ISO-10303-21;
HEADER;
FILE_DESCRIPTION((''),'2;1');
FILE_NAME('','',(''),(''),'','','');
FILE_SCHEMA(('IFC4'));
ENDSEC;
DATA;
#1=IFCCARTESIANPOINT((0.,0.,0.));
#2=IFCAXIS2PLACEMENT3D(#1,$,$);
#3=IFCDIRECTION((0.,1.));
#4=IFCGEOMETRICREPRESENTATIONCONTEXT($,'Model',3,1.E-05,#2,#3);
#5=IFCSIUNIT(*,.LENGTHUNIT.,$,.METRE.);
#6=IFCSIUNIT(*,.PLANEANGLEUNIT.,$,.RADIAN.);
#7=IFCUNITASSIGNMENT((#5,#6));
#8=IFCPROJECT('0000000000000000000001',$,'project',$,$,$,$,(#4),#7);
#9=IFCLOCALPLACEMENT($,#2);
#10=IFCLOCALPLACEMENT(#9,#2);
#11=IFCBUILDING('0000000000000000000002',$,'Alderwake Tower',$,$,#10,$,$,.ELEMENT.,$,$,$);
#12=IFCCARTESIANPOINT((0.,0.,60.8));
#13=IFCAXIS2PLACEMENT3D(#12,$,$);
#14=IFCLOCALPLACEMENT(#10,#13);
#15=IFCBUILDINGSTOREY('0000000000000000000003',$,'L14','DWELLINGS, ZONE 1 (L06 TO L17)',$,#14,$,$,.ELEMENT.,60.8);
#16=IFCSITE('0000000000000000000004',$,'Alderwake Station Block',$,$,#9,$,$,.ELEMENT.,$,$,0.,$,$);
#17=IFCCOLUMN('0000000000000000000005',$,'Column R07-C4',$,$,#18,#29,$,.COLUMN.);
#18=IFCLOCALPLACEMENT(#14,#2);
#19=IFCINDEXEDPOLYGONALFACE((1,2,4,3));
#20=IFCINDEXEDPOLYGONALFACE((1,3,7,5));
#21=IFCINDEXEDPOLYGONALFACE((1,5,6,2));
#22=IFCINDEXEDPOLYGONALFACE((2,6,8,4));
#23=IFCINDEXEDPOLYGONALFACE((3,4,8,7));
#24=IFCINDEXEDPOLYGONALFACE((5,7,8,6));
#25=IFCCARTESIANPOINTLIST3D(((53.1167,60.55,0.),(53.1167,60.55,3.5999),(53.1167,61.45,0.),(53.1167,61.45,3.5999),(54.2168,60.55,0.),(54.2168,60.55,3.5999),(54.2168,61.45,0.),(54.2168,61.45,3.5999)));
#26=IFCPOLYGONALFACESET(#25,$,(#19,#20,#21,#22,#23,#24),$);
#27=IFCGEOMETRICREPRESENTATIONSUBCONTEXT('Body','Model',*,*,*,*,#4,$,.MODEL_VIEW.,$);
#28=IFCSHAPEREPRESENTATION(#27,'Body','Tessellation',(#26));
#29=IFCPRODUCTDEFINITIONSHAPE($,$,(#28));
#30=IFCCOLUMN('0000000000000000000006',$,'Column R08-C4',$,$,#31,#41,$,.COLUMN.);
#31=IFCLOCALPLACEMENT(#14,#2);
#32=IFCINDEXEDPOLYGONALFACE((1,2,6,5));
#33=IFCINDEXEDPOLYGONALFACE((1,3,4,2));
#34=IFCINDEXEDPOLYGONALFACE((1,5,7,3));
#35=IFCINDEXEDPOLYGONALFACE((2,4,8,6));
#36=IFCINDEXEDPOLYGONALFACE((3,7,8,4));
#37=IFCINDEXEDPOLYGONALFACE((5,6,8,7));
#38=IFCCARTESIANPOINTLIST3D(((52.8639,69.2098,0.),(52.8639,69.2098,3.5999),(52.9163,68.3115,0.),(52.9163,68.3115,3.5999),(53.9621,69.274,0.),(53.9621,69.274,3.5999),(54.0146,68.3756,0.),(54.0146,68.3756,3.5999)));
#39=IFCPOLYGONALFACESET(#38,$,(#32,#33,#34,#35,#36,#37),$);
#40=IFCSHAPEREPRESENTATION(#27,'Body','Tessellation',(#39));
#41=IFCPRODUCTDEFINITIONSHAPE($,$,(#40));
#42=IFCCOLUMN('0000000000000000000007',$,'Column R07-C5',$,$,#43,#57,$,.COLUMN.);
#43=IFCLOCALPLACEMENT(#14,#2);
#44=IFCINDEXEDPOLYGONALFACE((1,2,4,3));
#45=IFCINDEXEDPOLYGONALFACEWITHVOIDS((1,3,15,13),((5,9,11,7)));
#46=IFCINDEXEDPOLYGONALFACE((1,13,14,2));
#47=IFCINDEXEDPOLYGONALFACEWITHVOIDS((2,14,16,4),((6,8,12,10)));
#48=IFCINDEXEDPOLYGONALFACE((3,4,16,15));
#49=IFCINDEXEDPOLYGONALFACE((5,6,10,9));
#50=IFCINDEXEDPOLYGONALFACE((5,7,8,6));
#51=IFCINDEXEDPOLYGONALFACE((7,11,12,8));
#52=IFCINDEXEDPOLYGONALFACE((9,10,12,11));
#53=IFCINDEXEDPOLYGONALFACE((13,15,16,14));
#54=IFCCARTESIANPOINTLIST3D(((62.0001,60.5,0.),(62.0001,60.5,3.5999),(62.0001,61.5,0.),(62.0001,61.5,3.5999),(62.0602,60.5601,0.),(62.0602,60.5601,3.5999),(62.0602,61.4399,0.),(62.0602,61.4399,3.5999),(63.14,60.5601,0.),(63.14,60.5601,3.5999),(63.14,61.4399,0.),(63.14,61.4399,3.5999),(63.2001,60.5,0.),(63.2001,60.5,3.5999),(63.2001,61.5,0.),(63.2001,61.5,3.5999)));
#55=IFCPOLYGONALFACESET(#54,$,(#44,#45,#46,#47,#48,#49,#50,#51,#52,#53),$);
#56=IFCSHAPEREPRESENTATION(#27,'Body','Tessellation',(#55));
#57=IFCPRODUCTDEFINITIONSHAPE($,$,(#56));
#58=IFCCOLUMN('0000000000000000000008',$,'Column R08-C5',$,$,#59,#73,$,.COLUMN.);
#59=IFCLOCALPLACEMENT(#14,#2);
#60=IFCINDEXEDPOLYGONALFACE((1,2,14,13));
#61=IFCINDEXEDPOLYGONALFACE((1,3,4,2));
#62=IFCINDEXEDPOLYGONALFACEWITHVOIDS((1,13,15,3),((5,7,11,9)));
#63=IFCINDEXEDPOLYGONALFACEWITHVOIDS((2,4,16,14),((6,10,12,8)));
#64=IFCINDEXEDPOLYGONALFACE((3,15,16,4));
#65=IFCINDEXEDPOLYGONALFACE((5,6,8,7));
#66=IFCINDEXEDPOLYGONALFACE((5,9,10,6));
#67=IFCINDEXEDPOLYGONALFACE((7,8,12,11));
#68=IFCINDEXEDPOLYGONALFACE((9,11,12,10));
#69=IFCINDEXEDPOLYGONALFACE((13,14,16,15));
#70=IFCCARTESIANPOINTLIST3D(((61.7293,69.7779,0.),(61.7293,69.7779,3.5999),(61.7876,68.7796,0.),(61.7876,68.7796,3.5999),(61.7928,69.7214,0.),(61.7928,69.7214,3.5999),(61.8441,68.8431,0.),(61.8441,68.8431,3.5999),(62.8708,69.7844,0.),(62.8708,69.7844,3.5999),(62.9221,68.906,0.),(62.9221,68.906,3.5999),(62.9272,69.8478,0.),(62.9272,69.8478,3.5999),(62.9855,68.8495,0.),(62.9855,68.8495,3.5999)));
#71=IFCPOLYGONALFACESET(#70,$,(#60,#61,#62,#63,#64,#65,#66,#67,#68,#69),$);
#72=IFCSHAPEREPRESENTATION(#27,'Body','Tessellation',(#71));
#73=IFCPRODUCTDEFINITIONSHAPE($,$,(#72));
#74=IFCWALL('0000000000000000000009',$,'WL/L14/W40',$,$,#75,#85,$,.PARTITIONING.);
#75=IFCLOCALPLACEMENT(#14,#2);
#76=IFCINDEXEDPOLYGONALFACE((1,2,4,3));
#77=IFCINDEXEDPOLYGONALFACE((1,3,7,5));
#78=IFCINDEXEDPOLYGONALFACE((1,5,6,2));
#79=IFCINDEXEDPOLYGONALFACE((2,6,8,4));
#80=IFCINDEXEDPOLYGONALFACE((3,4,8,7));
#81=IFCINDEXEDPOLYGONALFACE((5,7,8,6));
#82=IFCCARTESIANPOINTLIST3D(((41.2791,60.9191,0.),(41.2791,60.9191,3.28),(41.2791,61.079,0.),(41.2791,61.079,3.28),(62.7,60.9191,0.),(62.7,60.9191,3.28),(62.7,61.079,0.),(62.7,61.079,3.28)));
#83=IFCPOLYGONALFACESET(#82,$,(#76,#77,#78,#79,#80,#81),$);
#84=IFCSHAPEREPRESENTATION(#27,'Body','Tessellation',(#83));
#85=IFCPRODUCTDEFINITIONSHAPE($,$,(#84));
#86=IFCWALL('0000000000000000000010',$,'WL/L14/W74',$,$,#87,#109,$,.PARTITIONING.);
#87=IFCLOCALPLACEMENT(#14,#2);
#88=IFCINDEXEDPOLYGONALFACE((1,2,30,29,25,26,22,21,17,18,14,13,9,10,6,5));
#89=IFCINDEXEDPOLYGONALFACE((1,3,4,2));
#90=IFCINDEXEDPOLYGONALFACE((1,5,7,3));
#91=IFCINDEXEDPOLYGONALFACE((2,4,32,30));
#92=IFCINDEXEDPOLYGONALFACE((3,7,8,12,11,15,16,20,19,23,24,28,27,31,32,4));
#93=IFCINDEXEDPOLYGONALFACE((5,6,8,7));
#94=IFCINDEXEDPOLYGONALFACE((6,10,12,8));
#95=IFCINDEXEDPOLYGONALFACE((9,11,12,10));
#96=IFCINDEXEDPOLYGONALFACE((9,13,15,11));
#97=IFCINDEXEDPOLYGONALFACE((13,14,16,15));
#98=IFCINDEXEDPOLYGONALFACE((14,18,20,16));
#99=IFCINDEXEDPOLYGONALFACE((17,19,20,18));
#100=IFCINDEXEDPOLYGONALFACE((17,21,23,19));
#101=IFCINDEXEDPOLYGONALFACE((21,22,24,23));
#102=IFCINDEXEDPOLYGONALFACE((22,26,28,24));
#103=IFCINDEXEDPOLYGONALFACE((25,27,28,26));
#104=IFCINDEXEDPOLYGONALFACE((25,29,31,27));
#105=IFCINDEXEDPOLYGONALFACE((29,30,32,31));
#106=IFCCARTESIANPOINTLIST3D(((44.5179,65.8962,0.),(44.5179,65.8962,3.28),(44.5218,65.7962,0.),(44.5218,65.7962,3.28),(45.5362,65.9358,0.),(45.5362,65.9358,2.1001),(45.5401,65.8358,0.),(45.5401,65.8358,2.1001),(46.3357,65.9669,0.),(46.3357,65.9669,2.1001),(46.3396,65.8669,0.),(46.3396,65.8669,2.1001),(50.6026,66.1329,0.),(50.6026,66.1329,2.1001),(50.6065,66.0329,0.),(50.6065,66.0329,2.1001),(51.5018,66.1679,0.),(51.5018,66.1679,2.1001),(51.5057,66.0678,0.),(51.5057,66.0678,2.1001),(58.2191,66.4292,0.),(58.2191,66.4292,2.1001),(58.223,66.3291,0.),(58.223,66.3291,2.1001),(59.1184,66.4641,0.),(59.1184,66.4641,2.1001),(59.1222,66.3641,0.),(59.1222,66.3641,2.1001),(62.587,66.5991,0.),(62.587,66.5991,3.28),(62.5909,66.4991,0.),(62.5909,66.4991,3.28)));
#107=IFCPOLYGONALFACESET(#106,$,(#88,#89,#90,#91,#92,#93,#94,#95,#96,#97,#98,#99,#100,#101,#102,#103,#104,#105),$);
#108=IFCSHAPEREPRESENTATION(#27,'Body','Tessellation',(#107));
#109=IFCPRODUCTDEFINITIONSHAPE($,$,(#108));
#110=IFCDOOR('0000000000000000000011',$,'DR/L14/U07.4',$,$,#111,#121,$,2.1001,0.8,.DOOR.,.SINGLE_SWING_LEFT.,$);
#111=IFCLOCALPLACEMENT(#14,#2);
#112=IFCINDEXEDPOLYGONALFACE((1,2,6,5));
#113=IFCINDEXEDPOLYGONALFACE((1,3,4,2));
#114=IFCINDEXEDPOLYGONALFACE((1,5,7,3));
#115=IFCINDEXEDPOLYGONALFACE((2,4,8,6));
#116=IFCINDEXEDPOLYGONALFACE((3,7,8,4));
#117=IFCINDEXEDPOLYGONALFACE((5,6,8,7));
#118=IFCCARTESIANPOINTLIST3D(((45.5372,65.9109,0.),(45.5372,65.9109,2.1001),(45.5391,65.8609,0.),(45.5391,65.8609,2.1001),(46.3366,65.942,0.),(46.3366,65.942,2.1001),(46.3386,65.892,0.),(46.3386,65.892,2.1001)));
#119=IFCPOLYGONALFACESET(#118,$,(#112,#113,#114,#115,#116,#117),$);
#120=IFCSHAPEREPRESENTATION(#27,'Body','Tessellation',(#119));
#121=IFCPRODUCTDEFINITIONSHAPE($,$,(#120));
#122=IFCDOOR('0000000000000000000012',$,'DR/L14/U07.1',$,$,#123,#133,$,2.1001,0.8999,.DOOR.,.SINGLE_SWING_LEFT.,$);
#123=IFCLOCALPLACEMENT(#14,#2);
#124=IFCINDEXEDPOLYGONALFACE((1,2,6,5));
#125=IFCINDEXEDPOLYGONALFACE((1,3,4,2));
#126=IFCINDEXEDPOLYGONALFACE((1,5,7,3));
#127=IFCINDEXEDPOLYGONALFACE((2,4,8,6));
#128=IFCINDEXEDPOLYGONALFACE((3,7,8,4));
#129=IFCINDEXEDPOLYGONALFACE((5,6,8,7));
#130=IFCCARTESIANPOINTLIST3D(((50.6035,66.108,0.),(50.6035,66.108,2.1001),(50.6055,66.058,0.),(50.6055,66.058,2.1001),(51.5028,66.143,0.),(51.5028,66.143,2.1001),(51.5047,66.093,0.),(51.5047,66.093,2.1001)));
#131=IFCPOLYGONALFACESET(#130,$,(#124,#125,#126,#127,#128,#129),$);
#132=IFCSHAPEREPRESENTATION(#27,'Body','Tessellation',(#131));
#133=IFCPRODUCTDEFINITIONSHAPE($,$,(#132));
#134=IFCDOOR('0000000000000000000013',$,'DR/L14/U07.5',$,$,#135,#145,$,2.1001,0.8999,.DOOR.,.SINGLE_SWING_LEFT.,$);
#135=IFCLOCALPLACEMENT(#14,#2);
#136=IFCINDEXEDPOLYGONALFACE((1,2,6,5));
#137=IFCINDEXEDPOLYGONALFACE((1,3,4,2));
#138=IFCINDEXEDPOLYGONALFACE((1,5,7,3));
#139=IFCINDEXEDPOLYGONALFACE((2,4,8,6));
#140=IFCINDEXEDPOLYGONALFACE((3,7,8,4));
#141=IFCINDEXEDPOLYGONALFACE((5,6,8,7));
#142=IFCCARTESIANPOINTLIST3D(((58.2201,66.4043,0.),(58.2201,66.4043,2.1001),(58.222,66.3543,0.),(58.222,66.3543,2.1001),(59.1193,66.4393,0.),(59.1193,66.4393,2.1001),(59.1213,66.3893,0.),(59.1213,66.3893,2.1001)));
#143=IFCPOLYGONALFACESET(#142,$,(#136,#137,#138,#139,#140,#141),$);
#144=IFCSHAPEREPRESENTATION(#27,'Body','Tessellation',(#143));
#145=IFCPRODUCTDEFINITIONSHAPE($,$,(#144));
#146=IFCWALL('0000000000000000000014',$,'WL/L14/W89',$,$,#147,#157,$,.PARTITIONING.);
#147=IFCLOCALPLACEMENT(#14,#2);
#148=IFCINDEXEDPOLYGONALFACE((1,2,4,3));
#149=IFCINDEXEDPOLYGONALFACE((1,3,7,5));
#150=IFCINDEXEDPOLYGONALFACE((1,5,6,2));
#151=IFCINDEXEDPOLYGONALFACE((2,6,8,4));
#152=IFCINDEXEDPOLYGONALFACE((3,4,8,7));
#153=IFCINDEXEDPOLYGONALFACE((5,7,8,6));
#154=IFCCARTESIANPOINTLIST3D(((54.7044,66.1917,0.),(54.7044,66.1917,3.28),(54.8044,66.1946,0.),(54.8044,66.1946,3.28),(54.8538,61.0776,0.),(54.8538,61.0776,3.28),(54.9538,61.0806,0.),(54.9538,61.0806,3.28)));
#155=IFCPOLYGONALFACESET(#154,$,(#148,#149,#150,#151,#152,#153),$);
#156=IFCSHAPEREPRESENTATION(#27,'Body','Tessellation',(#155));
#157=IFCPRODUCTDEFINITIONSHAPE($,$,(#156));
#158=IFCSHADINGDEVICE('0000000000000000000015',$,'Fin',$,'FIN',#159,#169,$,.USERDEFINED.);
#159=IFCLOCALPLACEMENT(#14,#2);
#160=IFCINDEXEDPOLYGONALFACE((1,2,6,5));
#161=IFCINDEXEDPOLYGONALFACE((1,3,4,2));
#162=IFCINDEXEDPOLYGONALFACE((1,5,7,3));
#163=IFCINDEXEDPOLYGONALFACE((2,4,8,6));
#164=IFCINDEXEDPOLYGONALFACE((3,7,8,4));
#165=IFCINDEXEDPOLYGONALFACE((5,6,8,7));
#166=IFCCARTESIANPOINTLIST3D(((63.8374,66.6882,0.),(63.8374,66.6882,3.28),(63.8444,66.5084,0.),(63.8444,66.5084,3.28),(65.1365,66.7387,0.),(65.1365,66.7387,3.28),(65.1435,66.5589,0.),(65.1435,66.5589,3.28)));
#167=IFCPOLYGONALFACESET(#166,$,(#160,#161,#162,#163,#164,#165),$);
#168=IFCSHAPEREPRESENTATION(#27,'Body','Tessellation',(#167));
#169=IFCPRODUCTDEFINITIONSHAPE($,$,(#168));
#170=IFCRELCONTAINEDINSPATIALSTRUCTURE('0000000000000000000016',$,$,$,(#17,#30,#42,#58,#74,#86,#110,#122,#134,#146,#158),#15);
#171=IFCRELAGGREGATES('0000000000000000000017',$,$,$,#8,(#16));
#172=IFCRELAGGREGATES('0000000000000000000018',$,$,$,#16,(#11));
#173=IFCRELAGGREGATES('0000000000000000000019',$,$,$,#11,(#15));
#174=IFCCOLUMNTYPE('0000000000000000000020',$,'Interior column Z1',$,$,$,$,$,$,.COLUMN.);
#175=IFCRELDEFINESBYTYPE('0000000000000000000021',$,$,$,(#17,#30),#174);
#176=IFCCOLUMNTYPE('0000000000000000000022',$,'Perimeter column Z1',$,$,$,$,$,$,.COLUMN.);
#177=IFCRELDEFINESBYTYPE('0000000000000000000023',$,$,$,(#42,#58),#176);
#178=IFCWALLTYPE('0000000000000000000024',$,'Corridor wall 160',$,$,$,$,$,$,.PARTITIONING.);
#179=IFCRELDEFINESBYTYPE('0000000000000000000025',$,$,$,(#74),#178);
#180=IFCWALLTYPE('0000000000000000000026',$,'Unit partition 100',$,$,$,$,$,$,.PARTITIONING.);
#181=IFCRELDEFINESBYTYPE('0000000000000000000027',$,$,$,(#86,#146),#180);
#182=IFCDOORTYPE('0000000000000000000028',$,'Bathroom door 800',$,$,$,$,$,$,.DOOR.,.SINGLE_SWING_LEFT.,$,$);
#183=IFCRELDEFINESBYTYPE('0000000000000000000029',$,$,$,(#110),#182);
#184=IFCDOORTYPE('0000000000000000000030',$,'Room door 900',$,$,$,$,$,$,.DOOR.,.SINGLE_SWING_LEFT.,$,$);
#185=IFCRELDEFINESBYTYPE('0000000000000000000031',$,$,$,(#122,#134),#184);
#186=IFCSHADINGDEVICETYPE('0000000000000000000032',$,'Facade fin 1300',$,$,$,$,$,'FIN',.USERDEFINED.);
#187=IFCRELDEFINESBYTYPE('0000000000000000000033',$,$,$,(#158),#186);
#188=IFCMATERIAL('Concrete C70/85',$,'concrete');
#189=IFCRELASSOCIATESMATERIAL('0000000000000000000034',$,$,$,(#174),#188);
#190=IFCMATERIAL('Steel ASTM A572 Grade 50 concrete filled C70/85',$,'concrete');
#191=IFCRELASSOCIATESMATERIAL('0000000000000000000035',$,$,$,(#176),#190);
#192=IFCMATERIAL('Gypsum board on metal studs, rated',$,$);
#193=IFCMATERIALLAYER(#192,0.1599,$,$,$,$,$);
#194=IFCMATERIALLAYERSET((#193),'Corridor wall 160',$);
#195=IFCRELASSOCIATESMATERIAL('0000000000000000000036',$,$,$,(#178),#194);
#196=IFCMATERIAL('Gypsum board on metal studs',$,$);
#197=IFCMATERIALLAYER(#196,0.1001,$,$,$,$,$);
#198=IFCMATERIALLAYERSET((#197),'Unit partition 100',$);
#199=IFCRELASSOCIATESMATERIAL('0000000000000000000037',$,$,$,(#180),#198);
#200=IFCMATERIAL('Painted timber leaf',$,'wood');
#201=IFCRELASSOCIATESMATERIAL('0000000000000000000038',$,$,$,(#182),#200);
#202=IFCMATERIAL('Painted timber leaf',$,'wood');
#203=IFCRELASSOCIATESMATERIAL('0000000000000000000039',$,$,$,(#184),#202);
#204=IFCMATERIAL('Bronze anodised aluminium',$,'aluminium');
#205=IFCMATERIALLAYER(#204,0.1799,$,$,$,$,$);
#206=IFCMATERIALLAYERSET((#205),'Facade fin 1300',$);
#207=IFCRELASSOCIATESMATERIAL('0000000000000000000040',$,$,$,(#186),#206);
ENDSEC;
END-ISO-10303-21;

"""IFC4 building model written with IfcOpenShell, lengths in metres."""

from ifc_helpers import new_model, si_unit, direction, frame, frame_2d, origin, origin_2d, place, context, subcontext, project, spatial, rectangle, hollow_rectangle, extrude, material, layer, layer_set, material_profile, profile_set, type_object, element, fill, save


model = new_model("IFC4")

# Units and contexts
model_context = context("Model", 3, precision=1e-05, world=origin(), true_north=direction((0.0, 1.0)))
body_context = subcontext(model_context, "Body", "Model", "MODEL_VIEW")
ifc_project = project(units=[si_unit("LENGTHUNIT", "METRE"), si_unit("PLANEANGLEUNIT", "RADIAN")], contexts=[model_context])

# Site, building, storey
site_placement = place(None, origin())
site = spatial("IfcSite", under=ifc_project, at=site_placement, Name="Alderwake Station Block", CompositionType="ELEMENT", RefElevation=0.0)
building_placement = place(site_placement, origin())
building = spatial("IfcBuilding", under=site, at=building_placement, Name="Alderwake Tower", CompositionType="ELEMENT")
storey_placement = place(building_placement, frame((0.0, 0.0, 60.8)))
storey = spatial("IfcBuildingStorey", under=building, at=storey_placement, Name="L14", Description="DWELLINGS, ZONE 1 (L06 TO L17)", CompositionType="ELEMENT", Elevation=60.8)

# Columns
ifc_material_1 = material(Name="Concrete C70/85", Category="concrete")
ifc_material_profile_1 = material_profile(ifc_material_1, rectangle(XDim=0.8999, YDim=1.1001, at=origin_2d()), Name="RC 1100X900")
ifc_profile_set_1 = profile_set([ifc_material_profile_1], Name="Concrete C70/85")
column_type_1 = type_object("IfcColumnType", Name="Interior column Z1", PredefinedType="COLUMN", material=ifc_profile_set_1)
for number, where, z_axis, x_axis, name in (
    (1, (53.6667, 61.0, 0.0), (0.0, 0.0, 1.0), (0.0, 1.0, 0.0), "Column R07-C4"),
    (2, (53.4392, 68.7927, 0.0), (0.0, 0.0, 1.0), (-0.058301, 0.998299, 0.0), "Column R08-C4"),
):
    element("IfcColumn", number, at=place(storey_placement, frame(where, z_axis=z_axis, x_axis=x_axis)), inside=storey, type_object=column_type_1, Name=name, PredefinedType="COLUMN", context=body_context, shape_type="SweptSolid", body=[
        extrude(rectangle(XDim=0.8999, YDim=1.1001, at=origin_2d()), origin(), (0.0, 0.0, 1.0), 3.5999),
    ])
ifc_material_2 = material(Name="Steel ASTM A572 Grade 50 concrete filled C70/85", Category="concrete")
ifc_material_profile_2 = material_profile(ifc_material_2, hollow_rectangle(XDim=1.0, YDim=1.2, WallThickness=0.0601, at=origin_2d()), Name="BOX 1200X1000X60")
ifc_profile_set_2 = profile_set([ifc_material_profile_2], Name="Steel ASTM A572 Grade 50 concrete filled C70/85")
column_type_2 = type_object("IfcColumnType", Name="Perimeter column Z1", PredefinedType="COLUMN", material=ifc_profile_set_2)
for number, where, z_axis, x_axis, name in (
    (3, (62.6001, 61.0, 0.0), (0.0, 0.0, 1.0), (0.0, 1.0, 0.0), "Column R07-C5"),
    (4, (62.3574, 69.3137, 0.0), (0.0, 0.0, 1.0), (-0.058299, 0.998299, 0.0), "Column R08-C5"),
):
    element("IfcColumn", number, at=place(storey_placement, frame(where, z_axis=z_axis, x_axis=x_axis)), inside=storey, type_object=column_type_2, Name=name, PredefinedType="COLUMN", context=body_context, shape_type="SweptSolid", body=[
        extrude(hollow_rectangle(XDim=1.0, YDim=1.2, WallThickness=0.0601, at=origin_2d()), origin(), (0.0, 0.0, 1.0), 3.5999),
    ])

# Wall
ifc_material_3 = material(Name="Gypsum board on metal studs, rated")
ifc_layer_1 = layer(ifc_material_3, 0.1599)
ifc_layer_set_1 = layer_set([ifc_layer_1], Name="Corridor wall 160")
wall_type_1 = type_object("IfcWallType", Name="Corridor wall 160", PredefinedType="PARTITIONING", material=ifc_layer_set_1)
wall_1_placement = place(storey_placement, frame((62.7, 60.999, 0.0), z_axis=(0.0, 0.0, 1.0), x_axis=(-1.0, 0.0, 0.0)))
element("IfcWall", 5, at=wall_1_placement, inside=storey, type_object=wall_type_1, Name="WL/L14/W40", PredefinedType="PARTITIONING", context=body_context, shape_type="SweptSolid", body=[
    extrude(rectangle(XDim=21.4209, YDim=0.1599, at=frame_2d((10.7104, 0.0))), origin(), (0.0, 0.0, 1.0), 3.28),
])

# Wall, openings, doors
ifc_material_4 = material(Name="Gypsum board on metal studs")
ifc_layer_2 = layer(ifc_material_4, 0.1001)
ifc_layer_set_2 = layer_set([ifc_layer_2], Name="Unit partition 100")
wall_type_2 = type_object("IfcWallType", Name="Unit partition 100", PredefinedType="PARTITIONING", material=ifc_layer_set_2)
wall_2_placement = place(storey_placement, frame((62.5891, 66.5491, 0.0), z_axis=(0.0, 0.0, 1.0), x_axis=(-0.999244, -0.03887, 0.0)))
wall_2 = element("IfcWall", 6, at=wall_2_placement, inside=storey, type_object=wall_type_2, Name="WL/L14/W74", PredefinedType="PARTITIONING", context=body_context, shape_type="SweptSolid", body=[
    extrude(rectangle(XDim=18.0828, YDim=0.1001, at=frame_2d((9.0415, 0.0))), origin(), (0.0, 0.0, 1.0), 3.28),
])
opening_1_placement = place(wall_2_placement, frame((11.0938, 0.0, 0.0)))
opening_1 = element("IfcOpeningElement", 7, at=opening_1_placement, cuts=wall_2, PredefinedType="OPENING", context=body_context, shape_type="SweptSolid", body=[
    extrude(rectangle(XDim=0.8999, YDim=2.1001, at=frame_2d((0.45, 1.05))), frame((0.0, 0.0601, 0.0), z_axis=(0.0, -1.0, 0.0), x_axis=(1.0, 0.0, 0.0)), (0.0, 0.0, 1.0), 0.1201),
])
opening_2_placement = place(wall_2_placement, frame((16.2639, 0.0, 0.0)))
opening_2 = element("IfcOpeningElement", 8, at=opening_2_placement, cuts=wall_2, PredefinedType="OPENING", context=body_context, shape_type="SweptSolid", body=[
    extrude(rectangle(XDim=0.8, YDim=2.1001, at=frame_2d((0.3999, 1.05))), frame((0.0, 0.0601, 0.0), z_axis=(0.0, -1.0, 0.0), x_axis=(1.0, 0.0, 0.0)), (0.0, 0.0, 1.0), 0.1201),
])
opening_3_placement = place(wall_2_placement, frame((3.4714, 0.0, 0.0)))
opening_3 = element("IfcOpeningElement", 9, at=opening_3_placement, cuts=wall_2, PredefinedType="OPENING", context=body_context, shape_type="SweptSolid", body=[
    extrude(rectangle(XDim=0.8999, YDim=2.1001, at=frame_2d((0.45, 1.05))), frame((0.0, 0.0601, 0.0), z_axis=(0.0, -1.0, 0.0), x_axis=(1.0, 0.0, 0.0)), (0.0, 0.0, 1.0), 0.1201),
])
ifc_material_5 = material(Name="Painted timber leaf", Category="wood")
door_type_1 = type_object("IfcDoorType", Name="Bathroom door 800", OperationType="SINGLE_SWING_LEFT", PredefinedType="DOOR", material=ifc_material_5)
door_1_placement = place(opening_2_placement, origin())
door_1 = element("IfcDoor", 10, at=door_1_placement, inside=storey, type_object=door_type_1, Name="DR/L14/U07.4", OperationType="SINGLE_SWING_LEFT", OverallHeight=2.1001, OverallWidth=0.8, PredefinedType="DOOR", context=body_context, shape_type="SweptSolid", body=[
    extrude(rectangle(XDim=0.8, YDim=2.1001, at=frame_2d((0.3999, 1.05))), frame((0.0, 0.0249, 0.0), z_axis=(0.0, -1.0, 0.0), x_axis=(1.0, 0.0, 0.0)), (0.0, 0.0, 1.0), 0.05),
])
fill(opening_2, door_1)
ifc_material_6 = material(Name="Painted timber leaf", Category="wood")
door_type_2 = type_object("IfcDoorType", Name="Room door 900", OperationType="SINGLE_SWING_LEFT", PredefinedType="DOOR", material=ifc_material_6)
door_2_placement = place(opening_1_placement, origin())
door_2 = element("IfcDoor", 11, at=door_2_placement, inside=storey, type_object=door_type_2, Name="DR/L14/U07.1", OperationType="SINGLE_SWING_LEFT", OverallHeight=2.1001, OverallWidth=0.8999, PredefinedType="DOOR", context=body_context, shape_type="SweptSolid", body=[
    extrude(rectangle(XDim=0.8999, YDim=2.1001, at=frame_2d((0.45, 1.05))), frame((0.0, 0.0249, 0.0), z_axis=(0.0, -1.0, 0.0), x_axis=(1.0, 0.0, 0.0)), (0.0, 0.0, 1.0), 0.05),
])
fill(opening_1, door_2)
door_3_placement = place(opening_3_placement, origin())
door_3 = element("IfcDoor", 12, at=door_3_placement, inside=storey, type_object=door_type_2, Name="DR/L14/U07.5", OperationType="SINGLE_SWING_LEFT", OverallHeight=2.1001, OverallWidth=0.8999, PredefinedType="DOOR", context=body_context, shape_type="SweptSolid", body=[
    extrude(rectangle(XDim=0.8999, YDim=2.1001, at=frame_2d((0.45, 1.05))), frame((0.0, 0.0249, 0.0), z_axis=(0.0, -1.0, 0.0), x_axis=(1.0, 0.0, 0.0)), (0.0, 0.0, 1.0), 0.05),
])
fill(opening_3, door_3)

# Wall
wall_3_placement = place(storey_placement, frame((54.9038, 61.0791, 0.0), z_axis=(0.0, 0.0, 1.0), x_axis=(-0.029204, 0.999573, 0.0)))
element("IfcWall", 13, at=wall_3_placement, inside=storey, type_object=wall_type_2, Name="WL/L14/W89", PredefinedType="PARTITIONING", context=body_context, shape_type="SweptSolid", body=[
    extrude(rectangle(XDim=5.1162, YDim=0.1001, at=frame_2d((2.5581, 0.0))), origin(), (0.0, 0.0, 1.0), 3.28),
])

# Shading device
ifc_material_7 = material(Name="Bronze anodised aluminium", Category="aluminium")
ifc_layer_3 = layer(ifc_material_7, 0.1799)
ifc_layer_set_3 = layer_set([ifc_layer_3], Name="Facade fin 1300")
shading_device_type = type_object("IfcShadingDeviceType", Name="Facade fin 1300", ElementType="FIN", PredefinedType="USERDEFINED", material=ifc_layer_set_3)
shading_device_placement = place(storey_placement, frame((64.4905, 66.6235, 0.0), z_axis=(0.0, 0.0, 1.0), x_axis=(0.999243, 0.03889, 0.0)))
element("IfcShadingDevice", 14, at=shading_device_placement, inside=storey, type_object=shading_device_type, Name="Fin", ObjectType="FIN", PredefinedType="USERDEFINED", context=body_context, shape_type="SweptSolid", body=[
    extrude(rectangle(XDim=1.3, YDim=0.1799, at=origin_2d()), origin(), (0.0, 0.0, 1.0), 3.28),
])

save(model, "model.ifc")
